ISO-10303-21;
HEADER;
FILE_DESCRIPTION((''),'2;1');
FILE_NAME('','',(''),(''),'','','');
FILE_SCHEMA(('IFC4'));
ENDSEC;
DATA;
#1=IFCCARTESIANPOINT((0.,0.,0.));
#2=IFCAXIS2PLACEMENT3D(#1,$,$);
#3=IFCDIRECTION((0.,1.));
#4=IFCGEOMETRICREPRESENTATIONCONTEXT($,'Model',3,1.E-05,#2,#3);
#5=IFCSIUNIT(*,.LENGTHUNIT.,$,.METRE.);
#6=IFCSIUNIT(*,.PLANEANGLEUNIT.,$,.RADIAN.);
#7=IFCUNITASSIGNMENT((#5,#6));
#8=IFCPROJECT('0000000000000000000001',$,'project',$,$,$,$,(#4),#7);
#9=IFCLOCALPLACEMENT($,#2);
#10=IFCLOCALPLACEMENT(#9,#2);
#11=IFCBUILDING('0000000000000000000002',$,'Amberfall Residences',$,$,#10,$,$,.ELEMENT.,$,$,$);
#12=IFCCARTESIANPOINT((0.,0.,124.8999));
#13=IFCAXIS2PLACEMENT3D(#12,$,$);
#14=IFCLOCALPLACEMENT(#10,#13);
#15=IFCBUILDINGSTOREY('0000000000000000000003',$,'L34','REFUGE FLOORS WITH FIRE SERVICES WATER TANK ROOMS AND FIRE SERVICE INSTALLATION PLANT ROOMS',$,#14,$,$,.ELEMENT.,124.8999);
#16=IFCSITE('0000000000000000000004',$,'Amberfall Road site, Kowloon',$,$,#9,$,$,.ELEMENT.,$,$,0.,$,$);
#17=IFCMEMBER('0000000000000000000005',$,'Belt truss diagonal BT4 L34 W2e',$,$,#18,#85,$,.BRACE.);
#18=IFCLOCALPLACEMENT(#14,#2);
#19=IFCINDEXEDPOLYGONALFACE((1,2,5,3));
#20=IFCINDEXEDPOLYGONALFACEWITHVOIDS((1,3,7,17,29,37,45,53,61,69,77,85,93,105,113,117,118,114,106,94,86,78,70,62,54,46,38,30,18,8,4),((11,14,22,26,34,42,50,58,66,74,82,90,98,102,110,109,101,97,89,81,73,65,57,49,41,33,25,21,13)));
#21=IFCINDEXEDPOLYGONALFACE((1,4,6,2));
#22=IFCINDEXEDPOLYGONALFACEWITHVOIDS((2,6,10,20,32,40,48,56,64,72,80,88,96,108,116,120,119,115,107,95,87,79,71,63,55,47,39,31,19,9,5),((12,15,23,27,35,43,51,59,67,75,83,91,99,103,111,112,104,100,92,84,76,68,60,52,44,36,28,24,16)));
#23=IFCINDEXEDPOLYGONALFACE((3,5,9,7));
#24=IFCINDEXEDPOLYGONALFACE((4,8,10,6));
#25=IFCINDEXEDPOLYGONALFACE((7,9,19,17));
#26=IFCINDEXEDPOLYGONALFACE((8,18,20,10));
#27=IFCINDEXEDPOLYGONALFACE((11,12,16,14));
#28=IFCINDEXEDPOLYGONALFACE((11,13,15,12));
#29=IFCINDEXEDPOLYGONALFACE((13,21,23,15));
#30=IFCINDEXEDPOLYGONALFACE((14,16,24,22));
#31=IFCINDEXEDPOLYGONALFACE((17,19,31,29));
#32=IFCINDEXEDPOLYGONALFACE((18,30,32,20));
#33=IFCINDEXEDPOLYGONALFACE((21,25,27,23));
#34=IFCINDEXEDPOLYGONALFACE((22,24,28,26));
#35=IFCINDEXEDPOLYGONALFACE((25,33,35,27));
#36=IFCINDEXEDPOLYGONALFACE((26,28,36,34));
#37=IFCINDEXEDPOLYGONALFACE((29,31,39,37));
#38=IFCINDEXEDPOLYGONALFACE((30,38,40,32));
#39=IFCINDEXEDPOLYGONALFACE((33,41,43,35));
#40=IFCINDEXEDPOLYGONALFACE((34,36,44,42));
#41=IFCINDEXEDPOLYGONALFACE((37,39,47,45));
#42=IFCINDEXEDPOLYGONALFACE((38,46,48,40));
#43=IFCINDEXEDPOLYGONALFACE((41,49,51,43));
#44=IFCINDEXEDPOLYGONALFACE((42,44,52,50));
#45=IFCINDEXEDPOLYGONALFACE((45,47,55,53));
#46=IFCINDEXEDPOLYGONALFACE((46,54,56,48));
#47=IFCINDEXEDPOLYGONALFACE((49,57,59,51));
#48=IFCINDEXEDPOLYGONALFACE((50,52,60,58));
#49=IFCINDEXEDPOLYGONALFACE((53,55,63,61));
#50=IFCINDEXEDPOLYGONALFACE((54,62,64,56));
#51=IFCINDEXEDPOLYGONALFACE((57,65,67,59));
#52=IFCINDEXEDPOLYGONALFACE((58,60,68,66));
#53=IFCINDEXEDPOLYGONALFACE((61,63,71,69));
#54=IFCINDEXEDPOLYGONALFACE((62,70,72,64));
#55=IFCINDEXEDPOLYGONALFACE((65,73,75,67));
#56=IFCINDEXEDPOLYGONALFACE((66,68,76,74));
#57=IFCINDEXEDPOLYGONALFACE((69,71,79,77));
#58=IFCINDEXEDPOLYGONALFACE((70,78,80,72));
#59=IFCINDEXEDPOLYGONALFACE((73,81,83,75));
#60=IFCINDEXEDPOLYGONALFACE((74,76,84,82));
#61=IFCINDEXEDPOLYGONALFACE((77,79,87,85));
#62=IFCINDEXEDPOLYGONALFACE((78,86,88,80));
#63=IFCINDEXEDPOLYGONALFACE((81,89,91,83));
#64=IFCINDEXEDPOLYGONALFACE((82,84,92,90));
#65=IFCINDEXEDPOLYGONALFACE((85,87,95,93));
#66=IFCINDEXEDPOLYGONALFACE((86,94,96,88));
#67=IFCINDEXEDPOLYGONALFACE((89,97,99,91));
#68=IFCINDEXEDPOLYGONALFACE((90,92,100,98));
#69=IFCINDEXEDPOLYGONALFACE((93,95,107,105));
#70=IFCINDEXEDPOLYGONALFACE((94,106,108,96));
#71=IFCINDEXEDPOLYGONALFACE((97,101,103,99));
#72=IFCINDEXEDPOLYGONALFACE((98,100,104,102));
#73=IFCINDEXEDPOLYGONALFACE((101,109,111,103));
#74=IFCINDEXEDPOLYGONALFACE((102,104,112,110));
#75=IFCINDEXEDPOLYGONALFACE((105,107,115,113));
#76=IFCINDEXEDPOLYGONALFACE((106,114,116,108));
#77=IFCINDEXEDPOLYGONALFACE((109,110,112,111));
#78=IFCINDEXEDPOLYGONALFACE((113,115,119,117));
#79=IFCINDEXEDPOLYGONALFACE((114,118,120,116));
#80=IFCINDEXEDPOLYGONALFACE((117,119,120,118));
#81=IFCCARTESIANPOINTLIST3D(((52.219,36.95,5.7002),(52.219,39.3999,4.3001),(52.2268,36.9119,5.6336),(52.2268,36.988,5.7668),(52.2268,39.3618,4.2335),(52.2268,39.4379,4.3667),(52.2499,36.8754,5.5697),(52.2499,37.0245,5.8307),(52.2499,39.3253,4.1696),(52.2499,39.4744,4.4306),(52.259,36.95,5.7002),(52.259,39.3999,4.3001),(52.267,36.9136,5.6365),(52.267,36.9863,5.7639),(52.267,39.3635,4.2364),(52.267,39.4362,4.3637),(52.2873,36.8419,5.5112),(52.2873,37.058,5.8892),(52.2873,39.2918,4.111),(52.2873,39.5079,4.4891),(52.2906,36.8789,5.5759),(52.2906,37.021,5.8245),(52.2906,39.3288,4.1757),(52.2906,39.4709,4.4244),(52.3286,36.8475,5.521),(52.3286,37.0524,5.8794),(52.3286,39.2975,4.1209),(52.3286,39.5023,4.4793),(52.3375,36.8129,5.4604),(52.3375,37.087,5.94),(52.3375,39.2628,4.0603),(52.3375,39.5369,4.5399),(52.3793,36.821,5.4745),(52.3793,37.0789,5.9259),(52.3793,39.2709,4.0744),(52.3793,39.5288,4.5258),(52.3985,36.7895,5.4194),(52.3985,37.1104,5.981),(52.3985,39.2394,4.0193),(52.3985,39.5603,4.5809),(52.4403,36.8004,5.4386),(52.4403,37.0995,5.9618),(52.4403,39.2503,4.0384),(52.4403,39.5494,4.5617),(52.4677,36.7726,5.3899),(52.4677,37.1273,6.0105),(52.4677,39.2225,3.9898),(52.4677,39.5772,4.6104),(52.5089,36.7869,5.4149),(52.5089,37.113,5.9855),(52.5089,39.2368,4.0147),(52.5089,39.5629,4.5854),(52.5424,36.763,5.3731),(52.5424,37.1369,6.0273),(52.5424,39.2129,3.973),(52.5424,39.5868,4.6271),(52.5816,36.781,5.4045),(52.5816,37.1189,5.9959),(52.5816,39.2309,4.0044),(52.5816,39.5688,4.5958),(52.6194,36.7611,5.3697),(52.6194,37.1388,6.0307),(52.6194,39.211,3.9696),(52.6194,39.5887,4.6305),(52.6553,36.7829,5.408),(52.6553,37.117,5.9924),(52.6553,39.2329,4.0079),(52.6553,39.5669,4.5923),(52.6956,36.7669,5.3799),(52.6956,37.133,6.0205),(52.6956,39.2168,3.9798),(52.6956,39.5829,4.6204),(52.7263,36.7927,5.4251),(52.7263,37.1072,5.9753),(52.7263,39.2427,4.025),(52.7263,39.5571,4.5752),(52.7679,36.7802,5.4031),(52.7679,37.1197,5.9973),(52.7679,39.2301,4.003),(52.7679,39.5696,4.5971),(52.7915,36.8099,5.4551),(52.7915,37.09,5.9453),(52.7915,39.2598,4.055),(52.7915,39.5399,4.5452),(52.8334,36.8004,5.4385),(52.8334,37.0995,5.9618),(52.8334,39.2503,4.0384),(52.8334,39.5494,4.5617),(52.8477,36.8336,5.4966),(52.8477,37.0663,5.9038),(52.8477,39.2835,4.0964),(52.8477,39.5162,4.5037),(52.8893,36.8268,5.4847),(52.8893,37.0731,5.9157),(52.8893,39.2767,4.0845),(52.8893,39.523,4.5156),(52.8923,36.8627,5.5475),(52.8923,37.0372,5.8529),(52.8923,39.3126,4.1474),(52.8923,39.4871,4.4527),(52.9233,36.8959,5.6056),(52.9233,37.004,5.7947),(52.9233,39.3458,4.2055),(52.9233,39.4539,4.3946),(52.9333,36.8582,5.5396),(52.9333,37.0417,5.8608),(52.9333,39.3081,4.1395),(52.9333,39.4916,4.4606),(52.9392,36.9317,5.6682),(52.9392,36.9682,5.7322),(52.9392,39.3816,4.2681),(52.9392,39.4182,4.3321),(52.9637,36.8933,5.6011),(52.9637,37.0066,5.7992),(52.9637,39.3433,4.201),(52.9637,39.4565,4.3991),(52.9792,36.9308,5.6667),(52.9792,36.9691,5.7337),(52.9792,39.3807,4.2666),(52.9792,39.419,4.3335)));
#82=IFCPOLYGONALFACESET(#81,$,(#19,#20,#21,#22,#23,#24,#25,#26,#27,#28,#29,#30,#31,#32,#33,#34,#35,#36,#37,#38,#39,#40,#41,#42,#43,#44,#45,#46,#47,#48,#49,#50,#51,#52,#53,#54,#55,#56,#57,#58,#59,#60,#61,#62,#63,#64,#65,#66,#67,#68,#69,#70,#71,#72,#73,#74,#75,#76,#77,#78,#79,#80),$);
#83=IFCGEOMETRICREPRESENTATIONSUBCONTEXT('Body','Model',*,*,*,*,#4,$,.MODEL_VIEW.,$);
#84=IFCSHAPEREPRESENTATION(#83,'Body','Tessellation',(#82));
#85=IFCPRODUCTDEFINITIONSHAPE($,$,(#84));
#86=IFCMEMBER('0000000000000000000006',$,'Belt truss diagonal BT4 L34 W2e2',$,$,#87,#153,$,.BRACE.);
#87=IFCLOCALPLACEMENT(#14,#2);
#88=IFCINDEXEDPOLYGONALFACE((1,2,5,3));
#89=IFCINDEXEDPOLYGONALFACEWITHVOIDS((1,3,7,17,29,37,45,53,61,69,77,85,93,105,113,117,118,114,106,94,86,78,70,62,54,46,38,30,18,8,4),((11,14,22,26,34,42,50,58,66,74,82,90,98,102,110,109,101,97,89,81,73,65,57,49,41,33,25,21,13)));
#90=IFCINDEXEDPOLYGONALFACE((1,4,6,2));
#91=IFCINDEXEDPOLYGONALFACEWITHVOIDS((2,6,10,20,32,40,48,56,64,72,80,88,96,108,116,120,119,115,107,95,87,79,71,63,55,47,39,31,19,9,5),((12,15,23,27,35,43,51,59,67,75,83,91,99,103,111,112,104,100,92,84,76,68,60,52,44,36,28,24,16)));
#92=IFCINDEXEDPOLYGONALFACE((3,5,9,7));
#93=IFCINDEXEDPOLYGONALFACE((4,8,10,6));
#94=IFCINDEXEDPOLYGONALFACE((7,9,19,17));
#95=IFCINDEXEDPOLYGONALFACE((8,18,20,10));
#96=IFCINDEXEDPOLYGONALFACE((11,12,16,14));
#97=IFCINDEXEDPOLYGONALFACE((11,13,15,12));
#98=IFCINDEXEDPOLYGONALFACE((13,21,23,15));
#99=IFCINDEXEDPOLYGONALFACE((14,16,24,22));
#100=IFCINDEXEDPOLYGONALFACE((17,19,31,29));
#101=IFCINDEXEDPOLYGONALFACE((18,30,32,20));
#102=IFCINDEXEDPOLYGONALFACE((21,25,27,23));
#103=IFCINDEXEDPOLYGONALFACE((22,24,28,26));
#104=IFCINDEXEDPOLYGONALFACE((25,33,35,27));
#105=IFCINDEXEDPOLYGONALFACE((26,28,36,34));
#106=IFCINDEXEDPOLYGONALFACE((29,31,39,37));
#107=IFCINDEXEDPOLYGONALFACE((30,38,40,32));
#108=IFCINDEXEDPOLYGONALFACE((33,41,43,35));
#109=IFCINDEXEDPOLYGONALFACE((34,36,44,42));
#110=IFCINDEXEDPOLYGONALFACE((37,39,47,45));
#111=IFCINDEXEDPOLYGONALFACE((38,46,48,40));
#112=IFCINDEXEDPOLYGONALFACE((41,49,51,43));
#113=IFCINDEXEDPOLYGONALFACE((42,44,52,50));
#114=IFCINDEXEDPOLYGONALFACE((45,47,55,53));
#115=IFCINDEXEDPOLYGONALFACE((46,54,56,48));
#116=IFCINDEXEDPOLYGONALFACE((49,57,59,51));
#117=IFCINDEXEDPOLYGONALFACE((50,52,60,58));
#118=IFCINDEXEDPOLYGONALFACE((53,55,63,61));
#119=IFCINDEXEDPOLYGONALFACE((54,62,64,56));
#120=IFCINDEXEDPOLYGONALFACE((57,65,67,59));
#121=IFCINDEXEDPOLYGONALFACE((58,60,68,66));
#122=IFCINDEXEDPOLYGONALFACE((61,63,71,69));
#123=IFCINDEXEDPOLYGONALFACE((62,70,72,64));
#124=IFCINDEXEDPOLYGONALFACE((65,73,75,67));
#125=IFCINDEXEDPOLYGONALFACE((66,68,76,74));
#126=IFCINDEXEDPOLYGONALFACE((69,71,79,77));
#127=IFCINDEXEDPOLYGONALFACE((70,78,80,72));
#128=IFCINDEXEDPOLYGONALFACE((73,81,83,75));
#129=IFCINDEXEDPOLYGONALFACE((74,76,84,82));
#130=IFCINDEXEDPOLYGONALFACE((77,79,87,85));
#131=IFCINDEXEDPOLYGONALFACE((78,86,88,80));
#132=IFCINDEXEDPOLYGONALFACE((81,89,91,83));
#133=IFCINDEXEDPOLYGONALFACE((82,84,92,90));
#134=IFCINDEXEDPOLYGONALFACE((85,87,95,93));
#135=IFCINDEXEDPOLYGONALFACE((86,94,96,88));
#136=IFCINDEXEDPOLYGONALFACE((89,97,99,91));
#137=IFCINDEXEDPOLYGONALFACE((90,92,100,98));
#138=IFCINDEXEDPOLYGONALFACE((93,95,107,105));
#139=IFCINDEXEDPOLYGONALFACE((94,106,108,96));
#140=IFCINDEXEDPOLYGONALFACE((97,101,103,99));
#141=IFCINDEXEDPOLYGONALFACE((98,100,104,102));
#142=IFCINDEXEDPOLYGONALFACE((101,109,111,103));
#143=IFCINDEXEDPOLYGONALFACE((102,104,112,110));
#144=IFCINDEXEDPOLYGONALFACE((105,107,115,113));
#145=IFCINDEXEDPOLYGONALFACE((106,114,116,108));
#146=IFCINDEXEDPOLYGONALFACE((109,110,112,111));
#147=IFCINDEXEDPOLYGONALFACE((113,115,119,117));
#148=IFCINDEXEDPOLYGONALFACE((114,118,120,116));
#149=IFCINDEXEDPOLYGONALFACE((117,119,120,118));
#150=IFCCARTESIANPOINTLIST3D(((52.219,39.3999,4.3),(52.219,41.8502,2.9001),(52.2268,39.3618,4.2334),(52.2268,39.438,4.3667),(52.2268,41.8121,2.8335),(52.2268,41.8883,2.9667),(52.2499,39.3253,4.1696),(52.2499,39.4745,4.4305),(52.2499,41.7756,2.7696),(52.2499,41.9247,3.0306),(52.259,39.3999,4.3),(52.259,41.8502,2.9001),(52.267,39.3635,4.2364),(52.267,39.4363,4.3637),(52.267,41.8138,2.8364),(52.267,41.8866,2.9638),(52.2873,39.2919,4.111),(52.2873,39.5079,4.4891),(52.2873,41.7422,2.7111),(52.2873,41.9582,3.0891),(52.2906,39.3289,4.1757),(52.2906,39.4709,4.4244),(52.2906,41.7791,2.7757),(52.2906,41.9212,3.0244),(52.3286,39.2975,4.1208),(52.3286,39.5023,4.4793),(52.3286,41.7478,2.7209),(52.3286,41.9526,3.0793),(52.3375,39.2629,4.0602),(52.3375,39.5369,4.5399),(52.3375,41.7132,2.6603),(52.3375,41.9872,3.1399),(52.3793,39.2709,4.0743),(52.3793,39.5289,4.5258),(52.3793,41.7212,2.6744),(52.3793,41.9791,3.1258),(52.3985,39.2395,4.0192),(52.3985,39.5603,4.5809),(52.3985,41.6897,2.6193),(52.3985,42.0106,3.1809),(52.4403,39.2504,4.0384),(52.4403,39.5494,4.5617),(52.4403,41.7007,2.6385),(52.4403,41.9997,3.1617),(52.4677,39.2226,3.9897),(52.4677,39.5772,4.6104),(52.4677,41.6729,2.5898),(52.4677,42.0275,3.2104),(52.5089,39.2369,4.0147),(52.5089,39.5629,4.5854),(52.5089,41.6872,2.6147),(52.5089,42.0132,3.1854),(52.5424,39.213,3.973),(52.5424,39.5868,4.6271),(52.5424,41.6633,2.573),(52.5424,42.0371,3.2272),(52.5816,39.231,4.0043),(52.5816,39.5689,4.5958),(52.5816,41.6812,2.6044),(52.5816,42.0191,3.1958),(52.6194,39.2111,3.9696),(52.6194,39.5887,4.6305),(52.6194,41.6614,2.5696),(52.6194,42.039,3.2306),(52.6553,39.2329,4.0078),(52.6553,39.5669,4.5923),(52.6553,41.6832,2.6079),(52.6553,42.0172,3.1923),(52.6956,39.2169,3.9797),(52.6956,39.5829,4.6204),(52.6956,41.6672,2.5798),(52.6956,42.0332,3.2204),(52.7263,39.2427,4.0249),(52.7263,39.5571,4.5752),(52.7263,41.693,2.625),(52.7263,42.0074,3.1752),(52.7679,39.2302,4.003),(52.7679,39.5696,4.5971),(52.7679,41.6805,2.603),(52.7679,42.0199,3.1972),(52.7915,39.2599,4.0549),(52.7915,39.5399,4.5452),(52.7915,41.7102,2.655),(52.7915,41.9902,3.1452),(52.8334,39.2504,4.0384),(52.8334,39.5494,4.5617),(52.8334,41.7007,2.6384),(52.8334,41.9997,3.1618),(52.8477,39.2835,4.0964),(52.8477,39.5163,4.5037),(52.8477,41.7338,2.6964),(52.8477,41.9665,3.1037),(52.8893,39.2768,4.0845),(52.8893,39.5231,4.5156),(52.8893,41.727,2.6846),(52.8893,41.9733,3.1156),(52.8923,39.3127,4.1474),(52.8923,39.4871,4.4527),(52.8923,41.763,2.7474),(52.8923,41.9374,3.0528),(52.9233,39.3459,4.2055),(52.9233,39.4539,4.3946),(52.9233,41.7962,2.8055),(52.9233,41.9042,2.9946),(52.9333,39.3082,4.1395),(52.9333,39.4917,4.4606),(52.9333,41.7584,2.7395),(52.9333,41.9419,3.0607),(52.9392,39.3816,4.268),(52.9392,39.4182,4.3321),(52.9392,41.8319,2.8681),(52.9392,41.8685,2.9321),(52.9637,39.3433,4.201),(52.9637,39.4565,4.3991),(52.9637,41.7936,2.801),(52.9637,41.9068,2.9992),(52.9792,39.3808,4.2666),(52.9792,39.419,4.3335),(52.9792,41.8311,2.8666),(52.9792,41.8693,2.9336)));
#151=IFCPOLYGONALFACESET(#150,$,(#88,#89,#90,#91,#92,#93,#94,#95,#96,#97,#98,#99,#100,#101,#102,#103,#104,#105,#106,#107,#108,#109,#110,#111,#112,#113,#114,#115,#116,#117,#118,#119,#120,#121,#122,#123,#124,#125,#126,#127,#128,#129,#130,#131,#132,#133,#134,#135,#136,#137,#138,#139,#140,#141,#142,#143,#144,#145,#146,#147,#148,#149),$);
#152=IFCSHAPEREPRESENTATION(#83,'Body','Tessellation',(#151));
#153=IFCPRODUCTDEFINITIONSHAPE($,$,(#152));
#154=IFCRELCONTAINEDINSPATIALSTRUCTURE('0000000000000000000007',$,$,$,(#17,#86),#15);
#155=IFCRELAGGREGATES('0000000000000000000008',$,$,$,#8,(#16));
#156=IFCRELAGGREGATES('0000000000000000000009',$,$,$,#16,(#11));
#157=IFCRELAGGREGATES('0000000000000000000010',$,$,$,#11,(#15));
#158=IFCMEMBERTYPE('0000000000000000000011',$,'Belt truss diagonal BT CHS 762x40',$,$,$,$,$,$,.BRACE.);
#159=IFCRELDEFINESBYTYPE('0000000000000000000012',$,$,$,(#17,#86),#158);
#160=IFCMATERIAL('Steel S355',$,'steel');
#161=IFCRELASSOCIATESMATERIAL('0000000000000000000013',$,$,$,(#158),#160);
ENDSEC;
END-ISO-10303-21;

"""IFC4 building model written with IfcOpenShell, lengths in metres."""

from ifc_helpers import new_model, si_unit, direction, frame, origin, origin_2d, place, context, subcontext, project, spatial, hollow_circle, extrude, material, material_profile, profile_set, type_object, element, save


model = new_model("IFC4")

# Units and contexts
model_context = context("Model", 3, precision=1e-05, world=origin(), true_north=direction((0.0, 1.0)))
body_context = subcontext(model_context, "Body", "Model", "MODEL_VIEW")
ifc_project = project(units=[si_unit("LENGTHUNIT", "METRE"), si_unit("PLANEANGLEUNIT", "RADIAN")], contexts=[model_context])

# Site, building, storey
site_placement = place(None, origin())
site = spatial("IfcSite", under=ifc_project, at=site_placement, Name="Amberfall Road site, Kowloon", CompositionType="ELEMENT", RefElevation=0.0)
building_placement = place(site_placement, origin())
building = spatial("IfcBuilding", under=site, at=building_placement, Name="Amberfall Residences", CompositionType="ELEMENT")
storey_placement = place(building_placement, frame((0.0, 0.0, 124.8999)))
storey = spatial("IfcBuildingStorey", under=building, at=storey_placement, Name="L34", Description="REFUGE FLOORS WITH FIRE SERVICES WATER TANK ROOMS AND FIRE SERVICE INSTALLATION PLANT ROOMS", CompositionType="ELEMENT", Elevation=124.8999)

# Shared definitions
ifc_material_1 = material(Name="Steel S355", Category="steel")

# Members
ifc_material_profile_1 = material_profile(ifc_material_1, hollow_circle(Radius=0.3811, WallThickness=0.04, at=origin_2d()), Name="CHS 762x40")
ifc_profile_set_1 = profile_set([ifc_material_profile_1], Name="Steel S355")
member_type = type_object("IfcMemberType", Name="Belt truss diagonal BT CHS 762x40", PredefinedType="BRACE", material=ifc_profile_set_1)
member_1_placement = place(storey_placement, frame((52.6001, 36.95, 5.7002), z_axis=(0.0, 0.868217, -0.496186), x_axis=(-1.0, 0.0, 0.0)))
element("IfcMember", 1, at=member_1_placement, inside=storey, type_object=member_type, Name="Belt truss diagonal BT4 L34 W2e", PredefinedType="BRACE", context=body_context, shape_type="SweptSolid", body=[
    extrude(hollow_circle(Radius=0.3811, WallThickness=0.04, at=origin_2d()), origin(), (0.0, 0.0, 1.0), 2.8218),
])
member_2_placement = place(storey_placement, frame((52.6001, 39.3999, 4.3), z_axis=(0.0, 0.868275, -0.496083), x_axis=(-1.0, 0.0, 0.0)))
element("IfcMember", 2, at=member_2_placement, inside=storey, type_object=member_type, Name="Belt truss diagonal BT4 L34 W2e2", PredefinedType="BRACE", context=body_context, shape_type="SweptSolid", body=[
    extrude(hollow_circle(Radius=0.3811, WallThickness=0.04, at=origin_2d()), origin(), (0.0, 0.0, 1.0), 2.822),
])

save(model, "model.ifc")
